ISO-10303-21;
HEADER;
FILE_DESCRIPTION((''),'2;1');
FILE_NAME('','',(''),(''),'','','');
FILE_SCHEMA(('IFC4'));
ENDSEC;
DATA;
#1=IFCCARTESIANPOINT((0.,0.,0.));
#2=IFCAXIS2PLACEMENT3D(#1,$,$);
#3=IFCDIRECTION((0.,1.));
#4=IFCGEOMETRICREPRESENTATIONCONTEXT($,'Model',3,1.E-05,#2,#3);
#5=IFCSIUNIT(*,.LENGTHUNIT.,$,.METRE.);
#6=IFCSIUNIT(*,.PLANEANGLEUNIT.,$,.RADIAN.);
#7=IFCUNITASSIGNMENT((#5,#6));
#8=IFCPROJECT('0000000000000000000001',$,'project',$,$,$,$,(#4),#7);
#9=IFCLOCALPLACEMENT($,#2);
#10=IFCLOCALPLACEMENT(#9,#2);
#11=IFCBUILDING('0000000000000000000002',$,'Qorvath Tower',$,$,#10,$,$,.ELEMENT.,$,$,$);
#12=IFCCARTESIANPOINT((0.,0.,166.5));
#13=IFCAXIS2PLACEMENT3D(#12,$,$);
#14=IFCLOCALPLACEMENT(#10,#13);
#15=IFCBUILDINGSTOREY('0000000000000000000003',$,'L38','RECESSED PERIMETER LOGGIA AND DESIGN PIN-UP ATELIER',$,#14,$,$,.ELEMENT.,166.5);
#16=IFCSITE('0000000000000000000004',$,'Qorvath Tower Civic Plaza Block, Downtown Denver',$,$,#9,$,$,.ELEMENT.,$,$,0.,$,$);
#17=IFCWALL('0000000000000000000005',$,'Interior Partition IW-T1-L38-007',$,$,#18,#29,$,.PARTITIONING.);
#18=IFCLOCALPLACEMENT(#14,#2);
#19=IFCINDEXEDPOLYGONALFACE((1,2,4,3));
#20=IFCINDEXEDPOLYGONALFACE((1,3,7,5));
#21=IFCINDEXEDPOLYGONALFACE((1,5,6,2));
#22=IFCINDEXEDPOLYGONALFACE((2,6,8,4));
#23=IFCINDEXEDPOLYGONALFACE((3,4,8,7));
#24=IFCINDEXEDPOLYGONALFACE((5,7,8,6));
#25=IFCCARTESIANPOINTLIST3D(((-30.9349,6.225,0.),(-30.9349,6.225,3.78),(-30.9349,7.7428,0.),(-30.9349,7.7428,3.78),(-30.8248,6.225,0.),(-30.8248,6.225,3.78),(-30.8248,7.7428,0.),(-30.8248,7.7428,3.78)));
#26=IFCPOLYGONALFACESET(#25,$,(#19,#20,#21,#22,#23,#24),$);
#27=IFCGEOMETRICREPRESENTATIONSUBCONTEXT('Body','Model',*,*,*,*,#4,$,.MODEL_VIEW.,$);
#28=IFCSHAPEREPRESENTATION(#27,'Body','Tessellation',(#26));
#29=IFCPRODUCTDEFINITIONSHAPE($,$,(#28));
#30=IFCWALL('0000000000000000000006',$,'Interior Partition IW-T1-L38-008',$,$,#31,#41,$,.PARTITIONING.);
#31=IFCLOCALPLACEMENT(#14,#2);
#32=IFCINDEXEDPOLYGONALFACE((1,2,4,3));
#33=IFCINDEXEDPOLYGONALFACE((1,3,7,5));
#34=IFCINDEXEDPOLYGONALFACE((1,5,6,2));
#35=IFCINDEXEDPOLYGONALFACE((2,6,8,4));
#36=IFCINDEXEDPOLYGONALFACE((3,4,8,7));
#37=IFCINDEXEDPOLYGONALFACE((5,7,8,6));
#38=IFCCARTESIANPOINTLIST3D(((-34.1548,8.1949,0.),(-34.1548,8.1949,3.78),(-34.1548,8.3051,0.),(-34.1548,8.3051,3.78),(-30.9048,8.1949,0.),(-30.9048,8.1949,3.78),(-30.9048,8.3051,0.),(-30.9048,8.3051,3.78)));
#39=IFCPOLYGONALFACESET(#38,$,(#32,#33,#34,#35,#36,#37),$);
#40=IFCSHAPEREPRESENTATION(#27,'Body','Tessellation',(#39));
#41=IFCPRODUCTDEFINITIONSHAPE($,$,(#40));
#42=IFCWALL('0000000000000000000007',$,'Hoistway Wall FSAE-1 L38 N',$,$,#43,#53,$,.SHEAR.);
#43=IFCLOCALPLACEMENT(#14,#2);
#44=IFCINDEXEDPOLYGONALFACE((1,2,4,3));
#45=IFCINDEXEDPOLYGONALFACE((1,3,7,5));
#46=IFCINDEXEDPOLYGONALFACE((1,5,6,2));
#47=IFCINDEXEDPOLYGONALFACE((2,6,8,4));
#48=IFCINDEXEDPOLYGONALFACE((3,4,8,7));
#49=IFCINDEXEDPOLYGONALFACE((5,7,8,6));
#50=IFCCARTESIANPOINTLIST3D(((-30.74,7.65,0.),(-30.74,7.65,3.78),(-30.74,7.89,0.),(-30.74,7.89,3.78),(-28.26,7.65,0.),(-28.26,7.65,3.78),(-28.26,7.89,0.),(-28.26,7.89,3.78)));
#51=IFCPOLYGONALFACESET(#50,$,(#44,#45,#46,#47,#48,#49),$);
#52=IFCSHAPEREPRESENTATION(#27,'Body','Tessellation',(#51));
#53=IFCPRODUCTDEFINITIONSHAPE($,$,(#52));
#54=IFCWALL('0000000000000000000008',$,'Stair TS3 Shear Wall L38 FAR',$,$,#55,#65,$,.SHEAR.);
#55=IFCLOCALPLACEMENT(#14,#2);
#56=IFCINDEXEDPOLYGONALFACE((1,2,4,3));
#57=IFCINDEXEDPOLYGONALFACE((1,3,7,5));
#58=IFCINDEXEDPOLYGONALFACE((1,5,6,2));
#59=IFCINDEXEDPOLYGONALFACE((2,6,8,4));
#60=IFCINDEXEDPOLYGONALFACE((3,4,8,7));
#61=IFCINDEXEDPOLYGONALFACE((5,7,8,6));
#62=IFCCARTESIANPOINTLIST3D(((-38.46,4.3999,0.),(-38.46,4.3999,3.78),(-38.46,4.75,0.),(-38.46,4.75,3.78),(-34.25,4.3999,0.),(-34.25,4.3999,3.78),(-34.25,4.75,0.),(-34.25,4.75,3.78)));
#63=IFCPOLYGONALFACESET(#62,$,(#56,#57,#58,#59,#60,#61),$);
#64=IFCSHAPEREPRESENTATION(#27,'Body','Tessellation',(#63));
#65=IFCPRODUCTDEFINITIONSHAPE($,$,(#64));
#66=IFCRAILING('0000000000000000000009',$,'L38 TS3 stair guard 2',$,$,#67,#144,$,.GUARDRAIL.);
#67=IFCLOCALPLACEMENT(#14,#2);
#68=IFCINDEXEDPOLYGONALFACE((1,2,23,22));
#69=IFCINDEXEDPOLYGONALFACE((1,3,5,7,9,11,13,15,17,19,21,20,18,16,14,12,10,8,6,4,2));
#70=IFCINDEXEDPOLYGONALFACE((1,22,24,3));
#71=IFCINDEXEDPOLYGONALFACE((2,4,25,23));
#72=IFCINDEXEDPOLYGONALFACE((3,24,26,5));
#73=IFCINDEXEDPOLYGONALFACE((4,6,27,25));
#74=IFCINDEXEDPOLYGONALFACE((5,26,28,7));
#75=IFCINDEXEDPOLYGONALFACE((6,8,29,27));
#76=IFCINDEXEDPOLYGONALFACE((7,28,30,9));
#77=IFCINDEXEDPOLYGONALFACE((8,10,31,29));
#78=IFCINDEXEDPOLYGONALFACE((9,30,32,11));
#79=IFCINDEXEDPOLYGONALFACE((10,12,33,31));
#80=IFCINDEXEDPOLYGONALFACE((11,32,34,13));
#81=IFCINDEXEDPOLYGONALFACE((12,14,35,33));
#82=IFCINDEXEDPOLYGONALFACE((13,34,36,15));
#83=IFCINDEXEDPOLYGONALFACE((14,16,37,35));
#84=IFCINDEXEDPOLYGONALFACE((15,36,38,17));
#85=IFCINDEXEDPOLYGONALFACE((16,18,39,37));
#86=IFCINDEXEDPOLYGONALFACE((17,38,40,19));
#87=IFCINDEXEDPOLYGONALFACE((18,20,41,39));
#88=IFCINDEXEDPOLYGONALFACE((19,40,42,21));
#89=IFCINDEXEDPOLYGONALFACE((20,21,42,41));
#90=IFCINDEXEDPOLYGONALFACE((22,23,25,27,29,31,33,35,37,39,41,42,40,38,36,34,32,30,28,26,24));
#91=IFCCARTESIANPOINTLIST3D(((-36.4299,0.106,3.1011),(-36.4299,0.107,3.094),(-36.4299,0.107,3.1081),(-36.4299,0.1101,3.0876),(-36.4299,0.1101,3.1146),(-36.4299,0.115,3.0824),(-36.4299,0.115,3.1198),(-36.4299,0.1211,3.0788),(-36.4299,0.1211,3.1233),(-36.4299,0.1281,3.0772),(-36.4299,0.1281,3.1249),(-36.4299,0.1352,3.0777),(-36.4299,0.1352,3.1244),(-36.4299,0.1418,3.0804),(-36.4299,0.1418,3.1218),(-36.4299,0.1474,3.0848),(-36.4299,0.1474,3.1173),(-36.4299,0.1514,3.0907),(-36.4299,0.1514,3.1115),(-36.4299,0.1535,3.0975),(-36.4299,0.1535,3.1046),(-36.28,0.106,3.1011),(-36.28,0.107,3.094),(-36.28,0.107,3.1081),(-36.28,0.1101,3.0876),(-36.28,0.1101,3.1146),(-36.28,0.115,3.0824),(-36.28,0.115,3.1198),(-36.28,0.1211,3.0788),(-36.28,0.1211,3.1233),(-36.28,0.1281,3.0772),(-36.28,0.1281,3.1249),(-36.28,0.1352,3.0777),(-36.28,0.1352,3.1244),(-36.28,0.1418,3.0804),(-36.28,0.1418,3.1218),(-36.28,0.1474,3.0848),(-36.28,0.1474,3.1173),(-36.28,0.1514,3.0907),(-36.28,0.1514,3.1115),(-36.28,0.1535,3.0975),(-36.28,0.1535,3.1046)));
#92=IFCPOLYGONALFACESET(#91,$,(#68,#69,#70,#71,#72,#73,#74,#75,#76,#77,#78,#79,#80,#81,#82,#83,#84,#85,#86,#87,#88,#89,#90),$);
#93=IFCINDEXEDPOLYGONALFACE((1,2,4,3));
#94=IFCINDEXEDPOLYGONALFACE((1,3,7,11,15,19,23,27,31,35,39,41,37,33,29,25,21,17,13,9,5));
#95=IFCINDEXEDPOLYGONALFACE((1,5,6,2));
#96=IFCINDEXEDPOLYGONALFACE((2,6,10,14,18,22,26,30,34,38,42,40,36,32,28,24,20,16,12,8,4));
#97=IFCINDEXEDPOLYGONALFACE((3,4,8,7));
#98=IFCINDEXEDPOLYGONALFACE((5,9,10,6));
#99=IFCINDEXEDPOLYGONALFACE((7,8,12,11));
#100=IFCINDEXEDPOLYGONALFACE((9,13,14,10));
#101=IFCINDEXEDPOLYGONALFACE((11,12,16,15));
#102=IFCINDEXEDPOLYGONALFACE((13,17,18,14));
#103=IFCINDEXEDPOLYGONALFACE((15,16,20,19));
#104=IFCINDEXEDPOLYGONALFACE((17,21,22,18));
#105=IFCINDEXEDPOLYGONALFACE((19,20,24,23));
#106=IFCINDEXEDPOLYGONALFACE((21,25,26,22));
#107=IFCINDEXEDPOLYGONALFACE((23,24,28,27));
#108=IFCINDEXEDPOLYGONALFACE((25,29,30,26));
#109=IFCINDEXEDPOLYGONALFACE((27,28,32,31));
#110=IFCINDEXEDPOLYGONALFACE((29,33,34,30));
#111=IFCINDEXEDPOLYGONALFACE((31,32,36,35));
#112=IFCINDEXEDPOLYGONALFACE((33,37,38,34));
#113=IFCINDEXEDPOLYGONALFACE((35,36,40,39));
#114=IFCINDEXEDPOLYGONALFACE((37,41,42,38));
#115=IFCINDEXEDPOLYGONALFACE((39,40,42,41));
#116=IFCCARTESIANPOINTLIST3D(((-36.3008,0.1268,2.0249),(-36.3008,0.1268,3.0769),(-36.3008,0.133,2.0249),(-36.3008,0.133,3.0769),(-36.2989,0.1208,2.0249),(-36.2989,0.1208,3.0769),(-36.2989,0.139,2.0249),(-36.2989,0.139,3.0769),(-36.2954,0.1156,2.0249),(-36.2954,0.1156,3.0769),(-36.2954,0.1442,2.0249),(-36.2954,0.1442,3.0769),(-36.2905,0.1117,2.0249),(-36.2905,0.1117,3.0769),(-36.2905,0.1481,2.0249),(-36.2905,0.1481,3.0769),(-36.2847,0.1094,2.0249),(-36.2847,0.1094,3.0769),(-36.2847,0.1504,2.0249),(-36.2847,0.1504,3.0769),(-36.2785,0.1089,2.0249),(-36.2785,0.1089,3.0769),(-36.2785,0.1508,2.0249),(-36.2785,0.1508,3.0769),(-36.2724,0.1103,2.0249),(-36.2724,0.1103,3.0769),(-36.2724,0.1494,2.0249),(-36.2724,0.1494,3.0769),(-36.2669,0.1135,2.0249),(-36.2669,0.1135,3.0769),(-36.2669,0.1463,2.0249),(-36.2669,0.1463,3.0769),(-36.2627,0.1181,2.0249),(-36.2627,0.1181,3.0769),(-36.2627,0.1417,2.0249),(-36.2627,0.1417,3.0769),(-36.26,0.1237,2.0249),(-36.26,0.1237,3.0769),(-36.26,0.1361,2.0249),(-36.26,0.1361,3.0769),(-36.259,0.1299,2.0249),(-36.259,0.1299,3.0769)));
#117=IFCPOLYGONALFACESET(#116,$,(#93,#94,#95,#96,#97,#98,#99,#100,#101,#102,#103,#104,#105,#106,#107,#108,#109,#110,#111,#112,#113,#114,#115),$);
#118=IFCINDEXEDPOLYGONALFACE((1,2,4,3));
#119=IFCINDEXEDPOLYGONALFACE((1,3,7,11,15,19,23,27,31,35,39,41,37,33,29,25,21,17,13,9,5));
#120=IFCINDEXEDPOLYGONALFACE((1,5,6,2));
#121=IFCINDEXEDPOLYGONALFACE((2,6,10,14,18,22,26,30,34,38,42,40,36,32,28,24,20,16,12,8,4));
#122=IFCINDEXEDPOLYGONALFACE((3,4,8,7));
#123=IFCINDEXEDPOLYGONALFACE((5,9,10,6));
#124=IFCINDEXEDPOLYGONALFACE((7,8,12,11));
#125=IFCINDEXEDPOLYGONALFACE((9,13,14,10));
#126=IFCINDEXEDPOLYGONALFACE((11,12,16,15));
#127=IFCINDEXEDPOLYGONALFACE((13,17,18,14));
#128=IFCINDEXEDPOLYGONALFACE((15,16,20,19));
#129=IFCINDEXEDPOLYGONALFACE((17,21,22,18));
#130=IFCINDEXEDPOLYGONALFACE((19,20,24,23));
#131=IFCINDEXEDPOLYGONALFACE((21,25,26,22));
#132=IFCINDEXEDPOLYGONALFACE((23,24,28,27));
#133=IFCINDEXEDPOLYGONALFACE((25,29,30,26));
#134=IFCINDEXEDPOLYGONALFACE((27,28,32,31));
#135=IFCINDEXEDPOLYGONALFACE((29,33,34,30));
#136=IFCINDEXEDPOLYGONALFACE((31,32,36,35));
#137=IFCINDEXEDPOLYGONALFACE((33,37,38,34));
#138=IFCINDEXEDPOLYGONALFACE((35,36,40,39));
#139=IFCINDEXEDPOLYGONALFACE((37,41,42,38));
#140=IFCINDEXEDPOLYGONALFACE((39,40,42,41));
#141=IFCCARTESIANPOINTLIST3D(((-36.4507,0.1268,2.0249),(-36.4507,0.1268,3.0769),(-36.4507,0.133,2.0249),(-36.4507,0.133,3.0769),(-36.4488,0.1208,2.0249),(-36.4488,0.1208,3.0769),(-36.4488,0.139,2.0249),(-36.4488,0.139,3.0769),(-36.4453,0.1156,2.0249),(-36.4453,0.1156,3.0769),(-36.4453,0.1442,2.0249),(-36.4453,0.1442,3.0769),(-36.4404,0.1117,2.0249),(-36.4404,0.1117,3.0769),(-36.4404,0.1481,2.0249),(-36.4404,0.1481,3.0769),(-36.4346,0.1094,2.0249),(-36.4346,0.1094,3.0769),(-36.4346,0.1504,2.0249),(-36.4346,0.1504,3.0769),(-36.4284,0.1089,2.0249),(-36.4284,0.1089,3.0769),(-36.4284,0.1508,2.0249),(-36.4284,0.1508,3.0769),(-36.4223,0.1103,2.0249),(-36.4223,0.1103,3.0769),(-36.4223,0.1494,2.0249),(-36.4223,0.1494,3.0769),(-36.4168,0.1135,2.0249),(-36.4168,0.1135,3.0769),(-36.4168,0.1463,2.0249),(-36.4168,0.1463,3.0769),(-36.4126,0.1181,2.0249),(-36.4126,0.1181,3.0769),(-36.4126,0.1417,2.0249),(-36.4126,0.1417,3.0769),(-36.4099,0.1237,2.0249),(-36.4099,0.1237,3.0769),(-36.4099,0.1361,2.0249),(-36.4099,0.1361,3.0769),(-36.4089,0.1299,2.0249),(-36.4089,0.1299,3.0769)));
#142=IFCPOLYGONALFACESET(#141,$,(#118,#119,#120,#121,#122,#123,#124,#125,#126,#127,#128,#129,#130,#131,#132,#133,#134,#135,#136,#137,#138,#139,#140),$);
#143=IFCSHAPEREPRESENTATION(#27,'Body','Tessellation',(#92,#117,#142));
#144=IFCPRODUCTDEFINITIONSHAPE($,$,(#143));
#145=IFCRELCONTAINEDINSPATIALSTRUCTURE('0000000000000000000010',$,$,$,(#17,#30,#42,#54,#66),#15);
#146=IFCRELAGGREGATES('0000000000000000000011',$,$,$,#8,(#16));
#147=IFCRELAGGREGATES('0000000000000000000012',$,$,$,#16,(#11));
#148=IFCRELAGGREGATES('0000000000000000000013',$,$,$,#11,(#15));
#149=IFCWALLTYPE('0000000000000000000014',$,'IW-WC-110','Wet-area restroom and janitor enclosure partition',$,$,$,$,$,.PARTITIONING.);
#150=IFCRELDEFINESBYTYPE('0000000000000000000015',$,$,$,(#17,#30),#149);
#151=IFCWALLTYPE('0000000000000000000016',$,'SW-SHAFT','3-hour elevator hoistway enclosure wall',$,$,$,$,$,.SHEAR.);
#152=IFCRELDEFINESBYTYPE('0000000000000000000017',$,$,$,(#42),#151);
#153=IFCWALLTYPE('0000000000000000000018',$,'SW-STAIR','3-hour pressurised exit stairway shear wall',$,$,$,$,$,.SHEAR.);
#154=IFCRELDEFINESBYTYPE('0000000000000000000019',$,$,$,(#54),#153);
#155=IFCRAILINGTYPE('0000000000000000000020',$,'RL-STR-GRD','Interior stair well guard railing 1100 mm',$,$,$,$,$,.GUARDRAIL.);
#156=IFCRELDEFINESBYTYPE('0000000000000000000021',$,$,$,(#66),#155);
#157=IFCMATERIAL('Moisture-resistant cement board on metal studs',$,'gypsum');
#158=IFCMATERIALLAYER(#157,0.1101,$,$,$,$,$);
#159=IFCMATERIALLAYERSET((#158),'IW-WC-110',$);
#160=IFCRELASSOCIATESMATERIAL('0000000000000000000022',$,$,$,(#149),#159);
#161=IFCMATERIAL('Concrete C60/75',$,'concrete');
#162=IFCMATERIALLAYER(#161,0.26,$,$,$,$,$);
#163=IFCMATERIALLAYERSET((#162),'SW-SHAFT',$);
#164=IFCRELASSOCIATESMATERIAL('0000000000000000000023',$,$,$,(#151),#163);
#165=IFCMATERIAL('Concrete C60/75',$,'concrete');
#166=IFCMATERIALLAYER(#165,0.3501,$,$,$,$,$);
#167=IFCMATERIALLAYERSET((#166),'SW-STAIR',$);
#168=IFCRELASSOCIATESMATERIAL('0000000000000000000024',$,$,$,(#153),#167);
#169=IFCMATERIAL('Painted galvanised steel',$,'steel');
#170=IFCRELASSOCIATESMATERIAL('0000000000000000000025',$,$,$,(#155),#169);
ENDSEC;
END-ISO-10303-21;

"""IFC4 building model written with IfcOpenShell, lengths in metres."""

from ifc_helpers import new_model, si_unit, direction, frame, frame_2d, origin, origin_2d, place, context, subcontext, project, spatial, rectangle, circle, extrude, material, layer, layer_set, type_object, element, save


model = new_model("IFC4")

# Units and contexts
model_context = context("Model", 3, precision=1e-05, world=origin(), true_north=direction((0.0, 1.0)))
body_context = subcontext(model_context, "Body", "Model", "MODEL_VIEW")
ifc_project = project(units=[si_unit("LENGTHUNIT", "METRE"), si_unit("PLANEANGLEUNIT", "RADIAN")], contexts=[model_context])

# Site, building, storey
site_placement = place(None, origin())
site = spatial("IfcSite", under=ifc_project, at=site_placement, Name="Qorvath Tower Civic Plaza Block, Downtown Denver", CompositionType="ELEMENT", RefElevation=0.0)
building_placement = place(site_placement, origin())
building = spatial("IfcBuilding", under=site, at=building_placement, Name="Qorvath Tower", CompositionType="ELEMENT")
storey_placement = place(building_placement, frame((0.0, 0.0, 166.5)))
storey = spatial("IfcBuildingStorey", under=building, at=storey_placement, Name="L38", Description="RECESSED PERIMETER LOGGIA AND DESIGN PIN-UP ATELIER", CompositionType="ELEMENT", Elevation=166.5)

# Shared definitions
ifc_material_1 = material(Name="Moisture-resistant cement board on metal studs", Category="gypsum")
ifc_layer_1 = layer(ifc_material_1, 0.1101)
ifc_layer_set_1 = layer_set([ifc_layer_1], Name="IW-WC-110")
wall_type_1 = type_object("IfcWallType", Name="IW-WC-110", Description="Wet-area restroom and janitor enclosure partition", PredefinedType="PARTITIONING", material=ifc_layer_set_1)

# Walls
wall_1_placement = place(storey_placement, frame((-30.8799, 6.2251, 0.0), z_axis=(0.0, 0.0, 1.0), x_axis=(0.0, 1.0, 0.0)))
element("IfcWall", 1, at=wall_1_placement, inside=storey, type_object=wall_type_1, Name="Interior Partition IW-T1-L38-007", PredefinedType="PARTITIONING", context=body_context, shape_type="SweptSolid", body=[
    extrude(rectangle(XDim=1.5178, YDim=0.1101, at=frame_2d((0.7588, 0.0))), origin(), (0.0, 0.0, 1.0), 3.78),
])
wall_2_placement = place(storey_placement, frame((-30.9048, 8.25, 0.0), z_axis=(0.0, 0.0, 1.0), x_axis=(-1.0, 0.0, 0.0)))
element("IfcWall", 2, at=wall_2_placement, inside=storey, type_object=wall_type_1, Name="Interior Partition IW-T1-L38-008", PredefinedType="PARTITIONING", context=body_context, shape_type="SweptSolid", body=[
    extrude(rectangle(XDim=3.25, YDim=0.1101, at=frame_2d((1.625, 0.0))), origin(), (0.0, 0.0, 1.0), 3.78),
])
ifc_material_2 = material(Name="Concrete C60/75", Category="concrete")
ifc_layer_2 = layer(ifc_material_2, 0.26)
ifc_layer_set_2 = layer_set([ifc_layer_2], Name="SW-SHAFT")
wall_type_2 = type_object("IfcWallType", Name="SW-SHAFT", Description="3-hour elevator hoistway enclosure wall", PredefinedType="SHEAR", material=ifc_layer_set_2)
wall_3_placement = place(storey_placement, frame((-30.74, 7.77, 0.0), z_axis=(0.0, 0.0, 1.0), x_axis=(1.0, 0.0, 0.0)))
element("IfcWall", 3, at=wall_3_placement, inside=storey, type_object=wall_type_2, Name="Hoistway Wall FSAE-1 L38 N", PredefinedType="SHEAR", context=body_context, shape_type="SweptSolid", body=[
    extrude(rectangle(XDim=2.48, YDim=0.24, at=frame_2d((1.24, 0.0))), origin(), (0.0, 0.0, 1.0), 3.78),
])
ifc_material_3 = material(Name="Concrete C60/75", Category="concrete")
ifc_layer_3 = layer(ifc_material_3, 0.3501)
ifc_layer_set_3 = layer_set([ifc_layer_3], Name="SW-STAIR")
wall_type_3 = type_object("IfcWallType", Name="SW-STAIR", Description="3-hour pressurised exit stairway shear wall", PredefinedType="SHEAR", material=ifc_layer_set_3)
wall_4_placement = place(storey_placement, frame((-34.25, 4.575, 0.0), z_axis=(0.0, 0.0, 1.0), x_axis=(-1.0, 0.0, 0.0)))
element("IfcWall", 4, at=wall_4_placement, inside=storey, type_object=wall_type_3, Name="Stair TS3 Shear Wall L38 FAR", PredefinedType="SHEAR", context=body_context, shape_type="SweptSolid", body=[
    extrude(rectangle(XDim=4.21, YDim=0.3501, at=frame_2d((2.105, 0.0))), origin(), (0.0, 0.0, 1.0), 3.78),
])

# Railing
ifc_material_4 = material(Name="Painted galvanised steel", Category="steel")
railing_type = type_object("IfcRailingType", Name="RL-STR-GRD", Description="Interior stair well guard railing 1100 mm", PredefinedType="GUARDRAIL", material=ifc_material_4)
railing_1_placement = place(storey_placement, frame((-36.28, 0.1299, 2.0249)))
element("IfcRailing", 5, at=railing_1_placement, inside=storey, type_object=railing_type, Name="L38 TS3 stair guard 2", PredefinedType="GUARDRAIL", context=body_context, shape_type="SweptSolid", body=[
    extrude(circle(Radius=0.0239, at=origin_2d()), frame((0.0, 0.0, 1.0762), z_axis=(-1.0, 0.0, 0.0), x_axis=(0.0, -1.0, 0.0)), (0.0, 0.0, 1.0), 0.1499),
    extrude(circle(Radius=0.021, at=origin_2d()), origin(), (0.0, 0.0, 1.0), 1.052),
    extrude(circle(Radius=0.021, at=origin_2d()), frame((-0.1499, 0.0, 0.0)), (0.0, 0.0, 1.0), 1.052),
])

save(model, "model.ifc")
